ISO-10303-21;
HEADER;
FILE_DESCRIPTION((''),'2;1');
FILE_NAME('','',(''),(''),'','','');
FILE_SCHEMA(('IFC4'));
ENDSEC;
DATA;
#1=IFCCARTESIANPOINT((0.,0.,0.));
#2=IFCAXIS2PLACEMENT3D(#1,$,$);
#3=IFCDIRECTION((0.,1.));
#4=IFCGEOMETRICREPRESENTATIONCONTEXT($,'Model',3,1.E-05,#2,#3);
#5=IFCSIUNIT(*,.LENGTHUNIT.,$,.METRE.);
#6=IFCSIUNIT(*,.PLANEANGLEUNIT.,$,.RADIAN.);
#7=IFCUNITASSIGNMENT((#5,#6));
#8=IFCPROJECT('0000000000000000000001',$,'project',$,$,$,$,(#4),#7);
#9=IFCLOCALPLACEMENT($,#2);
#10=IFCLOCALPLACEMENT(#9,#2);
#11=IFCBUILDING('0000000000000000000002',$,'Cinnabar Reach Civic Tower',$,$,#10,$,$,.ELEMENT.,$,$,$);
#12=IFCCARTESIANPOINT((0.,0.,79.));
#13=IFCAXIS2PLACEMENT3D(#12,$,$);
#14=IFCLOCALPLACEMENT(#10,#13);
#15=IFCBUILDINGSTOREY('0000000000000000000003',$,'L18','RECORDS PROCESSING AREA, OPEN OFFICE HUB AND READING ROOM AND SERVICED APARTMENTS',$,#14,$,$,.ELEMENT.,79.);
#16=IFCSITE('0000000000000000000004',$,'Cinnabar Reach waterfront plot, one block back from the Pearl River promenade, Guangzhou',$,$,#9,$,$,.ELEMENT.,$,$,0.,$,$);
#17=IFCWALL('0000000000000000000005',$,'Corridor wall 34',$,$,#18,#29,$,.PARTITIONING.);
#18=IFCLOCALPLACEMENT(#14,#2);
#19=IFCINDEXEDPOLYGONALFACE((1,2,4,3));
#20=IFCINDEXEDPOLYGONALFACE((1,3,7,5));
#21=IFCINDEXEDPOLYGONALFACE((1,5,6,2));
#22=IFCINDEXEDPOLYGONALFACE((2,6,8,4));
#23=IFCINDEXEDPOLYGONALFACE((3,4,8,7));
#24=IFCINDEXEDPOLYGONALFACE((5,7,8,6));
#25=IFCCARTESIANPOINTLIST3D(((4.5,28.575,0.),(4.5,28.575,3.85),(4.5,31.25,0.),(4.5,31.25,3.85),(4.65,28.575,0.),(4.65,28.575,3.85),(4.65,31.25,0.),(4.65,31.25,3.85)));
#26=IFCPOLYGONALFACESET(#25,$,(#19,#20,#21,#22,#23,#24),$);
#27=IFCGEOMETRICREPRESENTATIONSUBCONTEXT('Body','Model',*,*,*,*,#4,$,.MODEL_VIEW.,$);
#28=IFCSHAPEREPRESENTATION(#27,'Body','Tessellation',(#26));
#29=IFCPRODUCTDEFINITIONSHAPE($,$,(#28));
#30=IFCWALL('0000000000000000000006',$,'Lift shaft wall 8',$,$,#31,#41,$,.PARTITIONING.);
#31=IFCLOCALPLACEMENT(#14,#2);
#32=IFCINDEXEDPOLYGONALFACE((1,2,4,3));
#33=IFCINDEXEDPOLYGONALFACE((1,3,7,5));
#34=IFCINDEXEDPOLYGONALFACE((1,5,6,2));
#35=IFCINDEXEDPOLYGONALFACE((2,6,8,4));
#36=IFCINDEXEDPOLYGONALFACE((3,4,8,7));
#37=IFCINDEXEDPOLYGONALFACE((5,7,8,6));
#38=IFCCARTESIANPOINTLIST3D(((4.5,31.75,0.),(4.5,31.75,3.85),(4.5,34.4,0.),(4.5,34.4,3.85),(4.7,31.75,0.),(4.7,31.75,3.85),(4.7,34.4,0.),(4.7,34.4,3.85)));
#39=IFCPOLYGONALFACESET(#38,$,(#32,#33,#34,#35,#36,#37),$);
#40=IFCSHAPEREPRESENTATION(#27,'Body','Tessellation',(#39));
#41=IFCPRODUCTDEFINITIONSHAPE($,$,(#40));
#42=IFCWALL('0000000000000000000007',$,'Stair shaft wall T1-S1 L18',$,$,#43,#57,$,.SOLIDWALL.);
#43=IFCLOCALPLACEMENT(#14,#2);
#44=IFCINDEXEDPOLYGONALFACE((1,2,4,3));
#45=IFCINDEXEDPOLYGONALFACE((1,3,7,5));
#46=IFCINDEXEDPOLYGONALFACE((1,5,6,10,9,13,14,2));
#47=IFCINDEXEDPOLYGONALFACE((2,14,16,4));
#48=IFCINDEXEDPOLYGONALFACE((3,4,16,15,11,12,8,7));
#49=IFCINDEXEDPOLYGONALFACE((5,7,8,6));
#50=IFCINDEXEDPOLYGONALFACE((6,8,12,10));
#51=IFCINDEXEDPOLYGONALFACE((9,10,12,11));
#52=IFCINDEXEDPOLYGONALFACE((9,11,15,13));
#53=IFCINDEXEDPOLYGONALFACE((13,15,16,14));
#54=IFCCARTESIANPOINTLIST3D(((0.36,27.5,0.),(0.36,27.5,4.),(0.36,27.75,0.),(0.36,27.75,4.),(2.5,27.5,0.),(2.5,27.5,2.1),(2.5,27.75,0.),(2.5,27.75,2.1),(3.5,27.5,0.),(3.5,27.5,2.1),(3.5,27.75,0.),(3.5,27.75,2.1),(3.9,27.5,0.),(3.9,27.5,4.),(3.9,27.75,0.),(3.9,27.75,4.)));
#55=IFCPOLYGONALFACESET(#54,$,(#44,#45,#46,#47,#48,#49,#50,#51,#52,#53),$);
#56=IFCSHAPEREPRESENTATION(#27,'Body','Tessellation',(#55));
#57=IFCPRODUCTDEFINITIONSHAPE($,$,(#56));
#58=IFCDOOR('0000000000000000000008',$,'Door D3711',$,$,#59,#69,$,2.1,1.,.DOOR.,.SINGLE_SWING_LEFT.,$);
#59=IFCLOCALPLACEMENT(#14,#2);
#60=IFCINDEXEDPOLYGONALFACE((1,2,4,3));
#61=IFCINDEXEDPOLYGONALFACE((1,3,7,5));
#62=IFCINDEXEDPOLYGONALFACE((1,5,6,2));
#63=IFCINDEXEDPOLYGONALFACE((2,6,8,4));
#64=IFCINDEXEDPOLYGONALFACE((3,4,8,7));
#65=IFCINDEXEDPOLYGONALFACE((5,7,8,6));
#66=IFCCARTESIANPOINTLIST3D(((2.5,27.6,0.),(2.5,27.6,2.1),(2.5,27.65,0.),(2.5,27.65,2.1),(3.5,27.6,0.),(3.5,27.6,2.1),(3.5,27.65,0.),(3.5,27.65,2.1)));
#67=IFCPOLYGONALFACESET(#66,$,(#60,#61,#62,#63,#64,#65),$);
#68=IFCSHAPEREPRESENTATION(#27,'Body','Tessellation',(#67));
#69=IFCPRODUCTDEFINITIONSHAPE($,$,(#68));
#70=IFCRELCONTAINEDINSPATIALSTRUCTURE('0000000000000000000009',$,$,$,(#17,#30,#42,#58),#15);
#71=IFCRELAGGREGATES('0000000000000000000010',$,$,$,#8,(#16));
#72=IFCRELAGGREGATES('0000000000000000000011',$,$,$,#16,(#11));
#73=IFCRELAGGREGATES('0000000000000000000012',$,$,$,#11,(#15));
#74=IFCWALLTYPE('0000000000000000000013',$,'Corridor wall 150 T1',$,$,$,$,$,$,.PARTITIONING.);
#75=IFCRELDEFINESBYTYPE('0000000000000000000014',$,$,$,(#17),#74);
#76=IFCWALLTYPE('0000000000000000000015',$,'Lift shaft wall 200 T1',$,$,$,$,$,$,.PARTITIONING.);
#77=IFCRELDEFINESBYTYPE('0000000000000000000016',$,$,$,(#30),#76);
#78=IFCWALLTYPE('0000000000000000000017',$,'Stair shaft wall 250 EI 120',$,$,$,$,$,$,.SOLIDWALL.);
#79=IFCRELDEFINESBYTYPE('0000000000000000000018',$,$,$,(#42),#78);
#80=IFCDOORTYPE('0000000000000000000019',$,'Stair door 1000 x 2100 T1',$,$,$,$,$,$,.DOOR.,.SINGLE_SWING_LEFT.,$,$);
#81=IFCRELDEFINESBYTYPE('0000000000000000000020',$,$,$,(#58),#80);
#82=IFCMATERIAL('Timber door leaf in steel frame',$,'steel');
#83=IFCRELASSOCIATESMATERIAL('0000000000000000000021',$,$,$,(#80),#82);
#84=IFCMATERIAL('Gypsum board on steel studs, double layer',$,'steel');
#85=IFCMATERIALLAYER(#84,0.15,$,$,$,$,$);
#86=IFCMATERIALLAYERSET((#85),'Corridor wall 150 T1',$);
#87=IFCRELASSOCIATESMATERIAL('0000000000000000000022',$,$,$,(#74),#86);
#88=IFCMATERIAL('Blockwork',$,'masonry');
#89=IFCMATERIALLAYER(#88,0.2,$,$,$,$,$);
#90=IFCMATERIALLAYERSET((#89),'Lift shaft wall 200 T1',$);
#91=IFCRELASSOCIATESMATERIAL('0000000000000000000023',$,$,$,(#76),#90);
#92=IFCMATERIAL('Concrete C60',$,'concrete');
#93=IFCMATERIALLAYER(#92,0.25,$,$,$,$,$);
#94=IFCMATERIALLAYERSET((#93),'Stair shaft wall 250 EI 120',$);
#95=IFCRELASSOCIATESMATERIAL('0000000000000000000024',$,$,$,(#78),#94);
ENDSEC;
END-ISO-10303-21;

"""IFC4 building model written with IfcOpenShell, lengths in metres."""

from ifc_helpers import new_model, si_unit, direction, frame, frame_2d, origin, place, context, subcontext, project, spatial, rectangle, extrude, material, layer, layer_set, type_object, element, fill, save


model = new_model("IFC4")

# Units and contexts
model_context = context("Model", 3, precision=1e-05, world=origin(), true_north=direction((0.0, 1.0)))
body_context = subcontext(model_context, "Body", "Model", "MODEL_VIEW")
ifc_project = project(units=[si_unit("LENGTHUNIT", "METRE"), si_unit("PLANEANGLEUNIT", "RADIAN")], contexts=[model_context])

# Site, building, storey
site_placement = place(None, origin())
site = spatial("IfcSite", under=ifc_project, at=site_placement, Name="Cinnabar Reach waterfront plot, one block back from the Pearl River promenade, Guangzhou", CompositionType="ELEMENT", RefElevation=0.0)
building_placement = place(site_placement, origin())
building = spatial("IfcBuilding", under=site, at=building_placement, Name="Cinnabar Reach Civic Tower", CompositionType="ELEMENT")
storey_placement = place(building_placement, frame((0.0, 0.0, 79.0)))
storey = spatial("IfcBuildingStorey", under=building, at=storey_placement, Name="L18", Description="RECORDS PROCESSING AREA, OPEN OFFICE HUB AND READING ROOM AND SERVICED APARTMENTS", CompositionType="ELEMENT", Elevation=79.0)

# Shared definitions
ifc_material_1 = material(Name="Concrete C60", Category="concrete")

# Shared definitions
ifc_material_2 = material(Name="Timber door leaf in steel frame", Category="steel")
door_type_1 = type_object("IfcDoorType", Name="Stair door 1000 x 2100 T1", OperationType="SINGLE_SWING_LEFT", PredefinedType="DOOR", material=ifc_material_2)

# Shared definitions
ifc_material_3 = material(Name="Gypsum board on steel studs, double layer", Category="steel")
ifc_layer_1 = layer(ifc_material_3, 0.15)
ifc_layer_set_1 = layer_set([ifc_layer_1], Name="Corridor wall 150 T1")
wall_type_1 = type_object("IfcWallType", Name="Corridor wall 150 T1", PredefinedType="PARTITIONING", material=ifc_layer_set_1)

# Walls
wall_1_placement = place(storey_placement, frame((4.575, 28.575, 0.0), z_axis=(0.0, 0.0, 1.0), x_axis=(0.0, 1.0, 0.0)))
element("IfcWall", 1, at=wall_1_placement, inside=storey, type_object=wall_type_1, Name="Corridor wall 34", PredefinedType="PARTITIONING", context=body_context, shape_type="SweptSolid", body=[
    extrude(rectangle(XDim=2.675, YDim=0.15, at=frame_2d((1.3375, 0.0))), origin(), (0.0, 0.0, 1.0), 3.85),
])
ifc_material_4 = material(Name="Blockwork", Category="masonry")
ifc_layer_2 = layer(ifc_material_4, 0.2)
ifc_layer_set_2 = layer_set([ifc_layer_2], Name="Lift shaft wall 200 T1")
wall_type_2 = type_object("IfcWallType", Name="Lift shaft wall 200 T1", PredefinedType="PARTITIONING", material=ifc_layer_set_2)
wall_2_placement = place(storey_placement, frame((4.6, 31.75, 0.0), z_axis=(0.0, 0.0, 1.0), x_axis=(0.0, 1.0, 0.0)))
element("IfcWall", 2, at=wall_2_placement, inside=storey, type_object=wall_type_2, Name="Lift shaft wall 8", PredefinedType="PARTITIONING", context=body_context, shape_type="SweptSolid", body=[
    extrude(rectangle(XDim=2.65, YDim=0.2, at=frame_2d((1.325, 0.0))), origin(), (0.0, 0.0, 1.0), 3.85),
])

# Wall, opening, door
ifc_layer_3 = layer(ifc_material_1, 0.25)
ifc_layer_set_3 = layer_set([ifc_layer_3], Name="Stair shaft wall 250 EI 120")
wall_type_3 = type_object("IfcWallType", Name="Stair shaft wall 250 EI 120", PredefinedType="SOLIDWALL", material=ifc_layer_set_3)
wall_3_placement = place(storey_placement, frame((3.9, 27.625, 0.0), z_axis=(0.0, 0.0, 1.0), x_axis=(-1.0, 0.0, 0.0)))
wall_3 = element("IfcWall", 3, at=wall_3_placement, inside=storey, type_object=wall_type_3, Name="Stair shaft wall T1-S1 L18", PredefinedType="SOLIDWALL", context=body_context, shape_type="SweptSolid", body=[
    extrude(rectangle(XDim=3.54, YDim=0.25, at=frame_2d((1.77, 0.0))), origin(), (0.0, 0.0, 1.0), 4.0),
])
opening_1_placement = place(wall_3_placement, frame((0.4, 0.0, 0.0)))
opening_1 = element("IfcOpeningElement", 4, at=opening_1_placement, cuts=wall_3, PredefinedType="OPENING", context=body_context, shape_type="SweptSolid", body=[
    extrude(rectangle(XDim=1.0, YDim=2.1, at=frame_2d((0.5, 1.05))), frame((0.0, 0.135, 0.0), z_axis=(0.0, -1.0, 0.0), x_axis=(1.0, 0.0, 0.0)), (0.0, 0.0, 1.0), 0.27),
])
door_1_placement = place(opening_1_placement, origin())
door_1 = element("IfcDoor", 5, at=door_1_placement, inside=storey, type_object=door_type_1, Name="Door D3711", OperationType="SINGLE_SWING_LEFT", OverallHeight=2.1, OverallWidth=1.0, PredefinedType="DOOR", context=body_context, shape_type="SweptSolid", body=[
    extrude(rectangle(XDim=1.0, YDim=2.1, at=frame_2d((0.5, 1.05))), frame((0.0, 0.025, 0.0), z_axis=(0.0, -1.0, 0.0), x_axis=(1.0, 0.0, 0.0)), (0.0, 0.0, 1.0), 0.05),
])
fill(opening_1, door_1)

save(model, "model.ifc")
